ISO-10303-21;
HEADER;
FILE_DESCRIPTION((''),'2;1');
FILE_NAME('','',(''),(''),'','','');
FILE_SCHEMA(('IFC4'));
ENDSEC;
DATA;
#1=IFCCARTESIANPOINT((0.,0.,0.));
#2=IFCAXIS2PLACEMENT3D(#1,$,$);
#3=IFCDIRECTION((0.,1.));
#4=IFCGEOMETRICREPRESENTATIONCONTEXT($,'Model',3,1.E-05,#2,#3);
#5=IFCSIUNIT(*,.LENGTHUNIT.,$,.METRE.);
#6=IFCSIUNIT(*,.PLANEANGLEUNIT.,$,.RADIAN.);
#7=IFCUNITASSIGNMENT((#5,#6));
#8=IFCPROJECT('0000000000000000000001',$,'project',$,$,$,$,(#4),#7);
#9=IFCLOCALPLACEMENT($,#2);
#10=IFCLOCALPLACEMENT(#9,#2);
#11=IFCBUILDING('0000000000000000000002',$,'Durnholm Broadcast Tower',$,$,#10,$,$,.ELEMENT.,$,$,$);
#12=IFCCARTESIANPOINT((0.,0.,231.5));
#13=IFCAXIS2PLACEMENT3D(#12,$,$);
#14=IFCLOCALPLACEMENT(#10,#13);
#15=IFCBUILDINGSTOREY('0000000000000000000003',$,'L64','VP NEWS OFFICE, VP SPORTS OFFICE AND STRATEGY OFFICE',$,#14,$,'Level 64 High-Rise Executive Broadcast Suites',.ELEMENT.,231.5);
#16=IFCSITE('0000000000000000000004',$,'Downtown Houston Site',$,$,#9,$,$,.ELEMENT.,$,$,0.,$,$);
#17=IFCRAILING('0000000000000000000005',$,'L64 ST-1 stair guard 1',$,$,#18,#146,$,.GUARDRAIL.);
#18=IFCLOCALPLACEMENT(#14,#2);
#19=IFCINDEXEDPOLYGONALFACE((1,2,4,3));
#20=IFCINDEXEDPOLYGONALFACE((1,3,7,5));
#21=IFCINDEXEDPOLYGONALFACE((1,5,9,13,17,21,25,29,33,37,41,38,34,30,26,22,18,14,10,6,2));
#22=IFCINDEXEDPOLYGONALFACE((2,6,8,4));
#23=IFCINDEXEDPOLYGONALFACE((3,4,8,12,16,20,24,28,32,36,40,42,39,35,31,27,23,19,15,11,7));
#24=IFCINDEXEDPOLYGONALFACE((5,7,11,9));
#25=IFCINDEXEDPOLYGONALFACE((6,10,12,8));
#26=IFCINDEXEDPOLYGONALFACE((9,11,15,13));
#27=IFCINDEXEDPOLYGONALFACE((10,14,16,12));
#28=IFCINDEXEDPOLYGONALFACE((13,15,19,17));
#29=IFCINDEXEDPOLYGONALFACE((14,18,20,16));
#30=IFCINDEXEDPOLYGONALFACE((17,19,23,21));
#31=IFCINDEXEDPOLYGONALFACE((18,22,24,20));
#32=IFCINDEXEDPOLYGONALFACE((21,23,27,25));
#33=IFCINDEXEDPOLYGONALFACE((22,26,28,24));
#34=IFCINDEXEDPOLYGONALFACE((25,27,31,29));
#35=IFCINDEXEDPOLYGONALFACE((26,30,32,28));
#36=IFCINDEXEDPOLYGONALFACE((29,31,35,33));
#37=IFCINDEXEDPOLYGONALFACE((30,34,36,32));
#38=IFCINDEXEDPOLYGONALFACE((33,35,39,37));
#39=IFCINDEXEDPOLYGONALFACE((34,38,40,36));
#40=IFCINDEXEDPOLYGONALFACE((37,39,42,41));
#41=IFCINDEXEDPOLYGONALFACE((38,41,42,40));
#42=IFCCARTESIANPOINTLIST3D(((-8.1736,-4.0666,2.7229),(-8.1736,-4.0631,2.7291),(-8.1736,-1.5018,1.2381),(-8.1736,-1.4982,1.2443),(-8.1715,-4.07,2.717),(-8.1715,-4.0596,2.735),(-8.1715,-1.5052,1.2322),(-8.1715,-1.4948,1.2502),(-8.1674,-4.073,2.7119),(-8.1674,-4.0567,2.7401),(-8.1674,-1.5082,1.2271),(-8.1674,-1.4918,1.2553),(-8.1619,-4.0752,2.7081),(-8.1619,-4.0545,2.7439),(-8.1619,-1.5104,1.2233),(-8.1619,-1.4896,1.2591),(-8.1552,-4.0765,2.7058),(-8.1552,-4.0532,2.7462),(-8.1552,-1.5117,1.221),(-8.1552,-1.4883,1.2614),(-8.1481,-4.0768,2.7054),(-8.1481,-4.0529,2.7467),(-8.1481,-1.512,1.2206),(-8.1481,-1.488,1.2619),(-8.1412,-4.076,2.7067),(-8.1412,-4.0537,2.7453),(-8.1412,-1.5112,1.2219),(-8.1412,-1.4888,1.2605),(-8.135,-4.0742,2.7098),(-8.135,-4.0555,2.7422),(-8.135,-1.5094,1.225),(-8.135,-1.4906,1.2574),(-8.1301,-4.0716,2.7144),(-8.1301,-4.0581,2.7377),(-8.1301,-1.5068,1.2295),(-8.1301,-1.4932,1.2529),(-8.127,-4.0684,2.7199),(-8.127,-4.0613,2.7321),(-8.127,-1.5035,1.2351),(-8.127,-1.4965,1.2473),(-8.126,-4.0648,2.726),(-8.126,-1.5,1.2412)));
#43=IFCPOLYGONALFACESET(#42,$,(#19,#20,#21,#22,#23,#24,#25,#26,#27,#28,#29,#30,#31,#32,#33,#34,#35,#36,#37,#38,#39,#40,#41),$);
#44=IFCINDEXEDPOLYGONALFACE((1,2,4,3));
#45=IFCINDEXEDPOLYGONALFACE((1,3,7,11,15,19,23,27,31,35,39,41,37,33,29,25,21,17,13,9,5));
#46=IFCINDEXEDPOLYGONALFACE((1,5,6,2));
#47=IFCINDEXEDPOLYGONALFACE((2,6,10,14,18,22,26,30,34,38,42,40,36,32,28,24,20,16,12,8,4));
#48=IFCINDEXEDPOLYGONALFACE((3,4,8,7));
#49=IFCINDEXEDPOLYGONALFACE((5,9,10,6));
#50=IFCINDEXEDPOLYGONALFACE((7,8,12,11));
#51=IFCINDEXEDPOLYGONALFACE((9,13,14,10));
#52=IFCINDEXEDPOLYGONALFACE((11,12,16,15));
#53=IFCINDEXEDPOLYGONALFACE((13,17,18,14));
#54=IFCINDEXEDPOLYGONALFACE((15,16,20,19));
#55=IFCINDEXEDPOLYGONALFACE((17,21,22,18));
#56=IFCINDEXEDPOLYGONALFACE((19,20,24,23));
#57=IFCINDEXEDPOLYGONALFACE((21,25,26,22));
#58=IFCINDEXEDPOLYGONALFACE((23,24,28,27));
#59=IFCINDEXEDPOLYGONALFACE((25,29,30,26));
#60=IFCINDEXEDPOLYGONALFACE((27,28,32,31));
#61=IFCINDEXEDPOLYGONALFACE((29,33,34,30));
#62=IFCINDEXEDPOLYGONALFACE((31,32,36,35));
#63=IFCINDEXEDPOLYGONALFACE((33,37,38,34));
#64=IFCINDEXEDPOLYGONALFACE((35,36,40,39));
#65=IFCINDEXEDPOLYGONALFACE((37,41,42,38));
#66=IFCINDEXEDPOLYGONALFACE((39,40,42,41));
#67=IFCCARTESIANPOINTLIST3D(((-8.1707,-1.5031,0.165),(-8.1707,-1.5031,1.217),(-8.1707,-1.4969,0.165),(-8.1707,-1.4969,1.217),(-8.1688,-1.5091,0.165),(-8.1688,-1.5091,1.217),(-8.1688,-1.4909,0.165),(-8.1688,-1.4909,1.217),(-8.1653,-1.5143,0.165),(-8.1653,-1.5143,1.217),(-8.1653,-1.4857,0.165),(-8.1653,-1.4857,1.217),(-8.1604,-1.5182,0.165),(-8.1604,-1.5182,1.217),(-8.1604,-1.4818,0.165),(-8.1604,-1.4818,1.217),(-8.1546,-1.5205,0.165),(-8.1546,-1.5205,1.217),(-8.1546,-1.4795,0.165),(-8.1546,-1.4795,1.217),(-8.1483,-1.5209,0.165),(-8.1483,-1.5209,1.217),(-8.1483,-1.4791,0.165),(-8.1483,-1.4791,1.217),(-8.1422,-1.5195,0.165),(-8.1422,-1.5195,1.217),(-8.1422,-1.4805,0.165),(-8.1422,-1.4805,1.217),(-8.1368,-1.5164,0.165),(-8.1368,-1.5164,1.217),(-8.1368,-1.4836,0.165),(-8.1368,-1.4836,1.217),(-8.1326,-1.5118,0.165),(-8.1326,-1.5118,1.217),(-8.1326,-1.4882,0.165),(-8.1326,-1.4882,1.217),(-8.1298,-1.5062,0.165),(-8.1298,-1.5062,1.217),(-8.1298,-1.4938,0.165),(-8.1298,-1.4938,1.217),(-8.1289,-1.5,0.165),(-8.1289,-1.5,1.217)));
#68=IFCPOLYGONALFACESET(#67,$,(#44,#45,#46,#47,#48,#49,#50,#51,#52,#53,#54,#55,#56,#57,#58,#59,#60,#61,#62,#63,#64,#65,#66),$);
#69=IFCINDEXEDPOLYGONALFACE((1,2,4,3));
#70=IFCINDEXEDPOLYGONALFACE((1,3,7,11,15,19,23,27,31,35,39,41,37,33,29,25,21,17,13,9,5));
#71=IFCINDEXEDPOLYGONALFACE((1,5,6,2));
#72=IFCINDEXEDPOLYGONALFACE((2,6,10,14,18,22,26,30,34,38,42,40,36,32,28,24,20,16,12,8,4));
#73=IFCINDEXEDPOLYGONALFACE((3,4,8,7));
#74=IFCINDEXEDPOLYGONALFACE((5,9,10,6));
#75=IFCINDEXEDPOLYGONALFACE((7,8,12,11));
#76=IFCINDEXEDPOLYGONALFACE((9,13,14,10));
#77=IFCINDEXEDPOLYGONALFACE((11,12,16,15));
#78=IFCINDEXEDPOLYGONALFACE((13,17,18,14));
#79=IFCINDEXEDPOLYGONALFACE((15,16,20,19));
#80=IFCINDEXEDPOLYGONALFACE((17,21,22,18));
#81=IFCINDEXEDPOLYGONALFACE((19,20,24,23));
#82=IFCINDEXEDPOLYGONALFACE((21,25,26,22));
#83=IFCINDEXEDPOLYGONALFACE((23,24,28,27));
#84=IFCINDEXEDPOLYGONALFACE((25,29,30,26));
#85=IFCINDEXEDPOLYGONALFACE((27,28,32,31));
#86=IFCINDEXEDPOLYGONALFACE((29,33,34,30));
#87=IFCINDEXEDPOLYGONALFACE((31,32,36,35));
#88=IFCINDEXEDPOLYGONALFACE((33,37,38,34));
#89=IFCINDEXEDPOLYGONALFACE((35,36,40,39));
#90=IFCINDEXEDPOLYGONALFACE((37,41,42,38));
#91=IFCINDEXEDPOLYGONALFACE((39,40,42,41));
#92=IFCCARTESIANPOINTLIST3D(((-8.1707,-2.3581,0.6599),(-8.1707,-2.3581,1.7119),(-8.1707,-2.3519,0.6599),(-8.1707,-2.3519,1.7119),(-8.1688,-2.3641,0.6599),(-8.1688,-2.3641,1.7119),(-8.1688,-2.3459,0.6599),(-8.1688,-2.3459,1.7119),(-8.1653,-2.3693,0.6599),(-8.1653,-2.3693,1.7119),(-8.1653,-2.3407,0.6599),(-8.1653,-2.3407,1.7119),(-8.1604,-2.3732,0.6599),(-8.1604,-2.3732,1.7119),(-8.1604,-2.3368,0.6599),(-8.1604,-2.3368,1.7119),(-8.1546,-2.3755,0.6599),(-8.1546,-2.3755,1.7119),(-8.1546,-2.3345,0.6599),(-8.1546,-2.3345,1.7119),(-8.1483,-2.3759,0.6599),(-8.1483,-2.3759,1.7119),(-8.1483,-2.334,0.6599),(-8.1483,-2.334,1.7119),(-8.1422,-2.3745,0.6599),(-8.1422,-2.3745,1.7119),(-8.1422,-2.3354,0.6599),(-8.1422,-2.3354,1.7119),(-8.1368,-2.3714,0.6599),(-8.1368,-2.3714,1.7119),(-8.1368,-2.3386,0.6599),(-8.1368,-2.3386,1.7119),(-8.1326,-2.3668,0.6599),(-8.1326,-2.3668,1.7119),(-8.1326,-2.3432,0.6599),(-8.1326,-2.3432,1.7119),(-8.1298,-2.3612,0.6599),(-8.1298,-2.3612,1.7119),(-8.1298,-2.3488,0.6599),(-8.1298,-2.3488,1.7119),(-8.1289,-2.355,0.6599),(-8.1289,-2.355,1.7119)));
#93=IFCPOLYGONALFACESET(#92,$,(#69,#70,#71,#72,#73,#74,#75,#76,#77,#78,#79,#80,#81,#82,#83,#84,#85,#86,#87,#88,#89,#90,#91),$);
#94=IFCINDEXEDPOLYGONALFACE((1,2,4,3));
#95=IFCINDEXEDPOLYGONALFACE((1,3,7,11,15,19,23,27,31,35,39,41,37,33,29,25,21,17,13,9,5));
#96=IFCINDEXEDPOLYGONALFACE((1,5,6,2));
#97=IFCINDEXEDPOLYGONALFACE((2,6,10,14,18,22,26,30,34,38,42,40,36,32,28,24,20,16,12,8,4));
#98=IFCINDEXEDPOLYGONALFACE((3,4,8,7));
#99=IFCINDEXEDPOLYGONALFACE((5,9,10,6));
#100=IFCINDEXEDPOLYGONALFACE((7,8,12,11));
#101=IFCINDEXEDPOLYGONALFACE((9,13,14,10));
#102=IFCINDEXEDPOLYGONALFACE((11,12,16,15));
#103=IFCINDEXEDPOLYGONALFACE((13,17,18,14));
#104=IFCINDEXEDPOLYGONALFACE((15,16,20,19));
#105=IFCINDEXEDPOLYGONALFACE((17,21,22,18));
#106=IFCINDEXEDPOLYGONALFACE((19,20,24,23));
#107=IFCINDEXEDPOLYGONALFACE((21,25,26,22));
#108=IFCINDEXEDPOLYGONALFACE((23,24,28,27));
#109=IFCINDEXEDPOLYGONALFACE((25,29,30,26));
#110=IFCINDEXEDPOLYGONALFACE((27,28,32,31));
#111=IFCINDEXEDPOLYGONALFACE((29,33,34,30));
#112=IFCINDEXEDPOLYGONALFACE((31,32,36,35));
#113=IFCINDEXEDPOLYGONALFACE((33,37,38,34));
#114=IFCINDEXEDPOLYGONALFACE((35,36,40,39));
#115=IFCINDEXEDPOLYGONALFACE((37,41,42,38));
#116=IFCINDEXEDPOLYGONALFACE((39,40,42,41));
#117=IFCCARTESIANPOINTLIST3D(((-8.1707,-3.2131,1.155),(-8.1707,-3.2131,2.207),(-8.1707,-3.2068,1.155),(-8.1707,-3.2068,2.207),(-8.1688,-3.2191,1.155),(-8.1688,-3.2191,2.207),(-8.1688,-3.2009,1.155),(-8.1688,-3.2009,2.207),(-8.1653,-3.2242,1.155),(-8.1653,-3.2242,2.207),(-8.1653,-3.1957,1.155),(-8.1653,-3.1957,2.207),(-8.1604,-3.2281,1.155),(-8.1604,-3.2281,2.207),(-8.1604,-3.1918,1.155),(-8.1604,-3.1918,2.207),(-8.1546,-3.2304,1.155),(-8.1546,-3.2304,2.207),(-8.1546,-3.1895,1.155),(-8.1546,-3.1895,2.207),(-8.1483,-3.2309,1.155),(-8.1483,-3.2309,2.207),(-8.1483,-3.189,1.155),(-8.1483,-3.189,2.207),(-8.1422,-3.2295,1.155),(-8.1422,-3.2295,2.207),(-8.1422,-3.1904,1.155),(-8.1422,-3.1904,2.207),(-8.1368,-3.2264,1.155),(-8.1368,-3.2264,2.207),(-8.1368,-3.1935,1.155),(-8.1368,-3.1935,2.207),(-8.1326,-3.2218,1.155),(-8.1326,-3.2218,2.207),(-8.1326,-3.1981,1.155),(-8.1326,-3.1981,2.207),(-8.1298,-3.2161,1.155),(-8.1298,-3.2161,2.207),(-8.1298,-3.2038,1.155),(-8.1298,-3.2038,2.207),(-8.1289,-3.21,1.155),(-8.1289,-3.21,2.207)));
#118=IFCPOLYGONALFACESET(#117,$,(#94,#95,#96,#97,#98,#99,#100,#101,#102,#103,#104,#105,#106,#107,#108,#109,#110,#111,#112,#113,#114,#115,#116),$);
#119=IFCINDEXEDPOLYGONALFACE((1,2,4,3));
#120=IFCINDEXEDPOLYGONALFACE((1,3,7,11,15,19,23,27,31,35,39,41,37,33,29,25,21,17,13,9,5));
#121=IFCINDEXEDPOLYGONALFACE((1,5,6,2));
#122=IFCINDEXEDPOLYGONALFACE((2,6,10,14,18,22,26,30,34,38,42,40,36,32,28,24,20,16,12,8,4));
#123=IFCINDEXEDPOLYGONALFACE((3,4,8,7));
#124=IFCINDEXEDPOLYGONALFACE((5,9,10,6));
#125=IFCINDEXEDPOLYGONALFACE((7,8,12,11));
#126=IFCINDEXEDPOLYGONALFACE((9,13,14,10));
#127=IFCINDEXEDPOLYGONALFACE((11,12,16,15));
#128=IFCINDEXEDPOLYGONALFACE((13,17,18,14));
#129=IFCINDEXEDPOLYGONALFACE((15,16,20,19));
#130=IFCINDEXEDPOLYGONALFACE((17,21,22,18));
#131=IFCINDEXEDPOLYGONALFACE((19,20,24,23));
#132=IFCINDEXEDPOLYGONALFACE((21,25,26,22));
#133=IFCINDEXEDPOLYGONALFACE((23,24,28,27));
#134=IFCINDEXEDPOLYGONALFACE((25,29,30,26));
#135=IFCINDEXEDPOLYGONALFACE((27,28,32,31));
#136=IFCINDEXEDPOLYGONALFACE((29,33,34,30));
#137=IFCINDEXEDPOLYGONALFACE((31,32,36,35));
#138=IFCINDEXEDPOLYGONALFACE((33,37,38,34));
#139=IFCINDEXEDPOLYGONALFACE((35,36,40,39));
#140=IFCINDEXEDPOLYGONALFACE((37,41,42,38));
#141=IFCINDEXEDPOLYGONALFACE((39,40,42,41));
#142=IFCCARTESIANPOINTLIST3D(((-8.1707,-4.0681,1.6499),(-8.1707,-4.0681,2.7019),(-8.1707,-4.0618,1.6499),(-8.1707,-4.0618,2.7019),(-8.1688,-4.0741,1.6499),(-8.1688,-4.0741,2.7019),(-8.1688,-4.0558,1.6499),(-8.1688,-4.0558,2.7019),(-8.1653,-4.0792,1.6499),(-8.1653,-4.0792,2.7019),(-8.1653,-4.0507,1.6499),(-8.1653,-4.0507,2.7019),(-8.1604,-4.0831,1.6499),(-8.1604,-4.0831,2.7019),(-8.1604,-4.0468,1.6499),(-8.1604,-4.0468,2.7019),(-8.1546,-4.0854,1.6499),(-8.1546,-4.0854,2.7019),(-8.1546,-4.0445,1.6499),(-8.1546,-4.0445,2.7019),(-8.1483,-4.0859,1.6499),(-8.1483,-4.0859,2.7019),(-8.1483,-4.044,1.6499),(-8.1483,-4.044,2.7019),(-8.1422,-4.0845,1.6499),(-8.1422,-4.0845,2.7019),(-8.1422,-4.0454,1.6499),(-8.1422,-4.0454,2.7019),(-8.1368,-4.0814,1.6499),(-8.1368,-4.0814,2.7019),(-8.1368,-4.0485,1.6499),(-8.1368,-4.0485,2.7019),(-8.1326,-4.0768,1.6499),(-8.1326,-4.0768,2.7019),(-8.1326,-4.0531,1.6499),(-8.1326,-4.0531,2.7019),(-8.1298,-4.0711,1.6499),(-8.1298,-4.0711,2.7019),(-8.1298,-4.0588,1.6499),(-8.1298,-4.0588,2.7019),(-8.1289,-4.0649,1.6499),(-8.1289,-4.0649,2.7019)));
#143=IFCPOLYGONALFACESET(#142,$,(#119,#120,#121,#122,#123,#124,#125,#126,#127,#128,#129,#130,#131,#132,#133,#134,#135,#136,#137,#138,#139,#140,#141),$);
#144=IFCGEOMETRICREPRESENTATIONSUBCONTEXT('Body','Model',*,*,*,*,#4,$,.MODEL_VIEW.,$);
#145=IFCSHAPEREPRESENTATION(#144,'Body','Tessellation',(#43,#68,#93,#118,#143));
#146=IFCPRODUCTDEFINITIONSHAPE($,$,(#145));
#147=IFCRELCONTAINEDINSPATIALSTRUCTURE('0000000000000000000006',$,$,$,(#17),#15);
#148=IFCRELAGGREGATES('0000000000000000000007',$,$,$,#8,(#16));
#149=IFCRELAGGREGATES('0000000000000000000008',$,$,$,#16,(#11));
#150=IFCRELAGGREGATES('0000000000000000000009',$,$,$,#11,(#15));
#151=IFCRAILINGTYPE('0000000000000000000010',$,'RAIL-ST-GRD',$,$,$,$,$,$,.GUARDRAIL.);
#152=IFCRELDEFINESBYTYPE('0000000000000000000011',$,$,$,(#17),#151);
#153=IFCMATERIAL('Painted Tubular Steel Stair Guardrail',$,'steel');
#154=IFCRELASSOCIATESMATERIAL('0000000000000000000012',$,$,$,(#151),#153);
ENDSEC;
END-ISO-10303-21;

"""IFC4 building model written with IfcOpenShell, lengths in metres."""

from ifc_helpers import new_model, si_unit, direction, frame, origin, origin_2d, place, context, subcontext, project, spatial, circle, extrude, material, type_object, element, save


model = new_model("IFC4")

# Units and contexts
model_context = context("Model", 3, precision=1e-05, world=origin(), true_north=direction((0.0, 1.0)))
body_context = subcontext(model_context, "Body", "Model", "MODEL_VIEW")
ifc_project = project(units=[si_unit("LENGTHUNIT", "METRE"), si_unit("PLANEANGLEUNIT", "RADIAN")], contexts=[model_context])

# Site, building, storey
site_placement = place(None, origin())
site = spatial("IfcSite", under=ifc_project, at=site_placement, Name="Downtown Houston Site", CompositionType="ELEMENT", RefElevation=0.0)
building_placement = place(site_placement, origin())
building = spatial("IfcBuilding", under=site, at=building_placement, Name="Durnholm Broadcast Tower", CompositionType="ELEMENT")
storey_placement = place(building_placement, frame((0.0, 0.0, 231.5)))
storey = spatial("IfcBuildingStorey", under=building, at=storey_placement, Name="L64", Description="VP NEWS OFFICE, VP SPORTS OFFICE AND STRATEGY OFFICE", LongName="Level 64 High-Rise Executive Broadcast Suites", CompositionType="ELEMENT", Elevation=231.5)

# Railing
ifc_material_1 = material(Name="Painted Tubular Steel Stair Guardrail", Category="steel")
railing_type_1 = type_object("IfcRailingType", Name="RAIL-ST-GRD", PredefinedType="GUARDRAIL", material=ifc_material_1)
railing_1_placement = place(storey_placement, frame((-8.1499, -1.5, 0.165)))
element("IfcRailing", 1, at=railing_1_placement, inside=storey, type_object=railing_type_1, Name="L64 ST-1 stair guard 1", PredefinedType="GUARDRAIL", context=body_context, shape_type="SweptSolid", body=[
    extrude(circle(Radius=0.0239, at=origin_2d()), frame((0.0, 0.0, 1.0762), z_axis=(0.0, -0.865441, 0.50101), x_axis=(1.0, 0.0, 0.0)), (0.0, 0.0, 1.0), 2.9636),
    extrude(circle(Radius=0.021, at=origin_2d()), origin(), (0.0, 0.0, 1.0), 1.052),
    extrude(circle(Radius=0.021, at=origin_2d()), frame((0.0, -0.855, 0.4949)), (0.0, 0.0, 1.0), 1.052),
    extrude(circle(Radius=0.021, at=origin_2d()), frame((0.0, -1.71, 0.99)), (0.0, 0.0, 1.0), 1.052),
    extrude(circle(Radius=0.021, at=origin_2d()), frame((0.0, -2.5649, 1.4849)), (0.0, 0.0, 1.0), 1.052),
])

save(model, "model.ifc")
